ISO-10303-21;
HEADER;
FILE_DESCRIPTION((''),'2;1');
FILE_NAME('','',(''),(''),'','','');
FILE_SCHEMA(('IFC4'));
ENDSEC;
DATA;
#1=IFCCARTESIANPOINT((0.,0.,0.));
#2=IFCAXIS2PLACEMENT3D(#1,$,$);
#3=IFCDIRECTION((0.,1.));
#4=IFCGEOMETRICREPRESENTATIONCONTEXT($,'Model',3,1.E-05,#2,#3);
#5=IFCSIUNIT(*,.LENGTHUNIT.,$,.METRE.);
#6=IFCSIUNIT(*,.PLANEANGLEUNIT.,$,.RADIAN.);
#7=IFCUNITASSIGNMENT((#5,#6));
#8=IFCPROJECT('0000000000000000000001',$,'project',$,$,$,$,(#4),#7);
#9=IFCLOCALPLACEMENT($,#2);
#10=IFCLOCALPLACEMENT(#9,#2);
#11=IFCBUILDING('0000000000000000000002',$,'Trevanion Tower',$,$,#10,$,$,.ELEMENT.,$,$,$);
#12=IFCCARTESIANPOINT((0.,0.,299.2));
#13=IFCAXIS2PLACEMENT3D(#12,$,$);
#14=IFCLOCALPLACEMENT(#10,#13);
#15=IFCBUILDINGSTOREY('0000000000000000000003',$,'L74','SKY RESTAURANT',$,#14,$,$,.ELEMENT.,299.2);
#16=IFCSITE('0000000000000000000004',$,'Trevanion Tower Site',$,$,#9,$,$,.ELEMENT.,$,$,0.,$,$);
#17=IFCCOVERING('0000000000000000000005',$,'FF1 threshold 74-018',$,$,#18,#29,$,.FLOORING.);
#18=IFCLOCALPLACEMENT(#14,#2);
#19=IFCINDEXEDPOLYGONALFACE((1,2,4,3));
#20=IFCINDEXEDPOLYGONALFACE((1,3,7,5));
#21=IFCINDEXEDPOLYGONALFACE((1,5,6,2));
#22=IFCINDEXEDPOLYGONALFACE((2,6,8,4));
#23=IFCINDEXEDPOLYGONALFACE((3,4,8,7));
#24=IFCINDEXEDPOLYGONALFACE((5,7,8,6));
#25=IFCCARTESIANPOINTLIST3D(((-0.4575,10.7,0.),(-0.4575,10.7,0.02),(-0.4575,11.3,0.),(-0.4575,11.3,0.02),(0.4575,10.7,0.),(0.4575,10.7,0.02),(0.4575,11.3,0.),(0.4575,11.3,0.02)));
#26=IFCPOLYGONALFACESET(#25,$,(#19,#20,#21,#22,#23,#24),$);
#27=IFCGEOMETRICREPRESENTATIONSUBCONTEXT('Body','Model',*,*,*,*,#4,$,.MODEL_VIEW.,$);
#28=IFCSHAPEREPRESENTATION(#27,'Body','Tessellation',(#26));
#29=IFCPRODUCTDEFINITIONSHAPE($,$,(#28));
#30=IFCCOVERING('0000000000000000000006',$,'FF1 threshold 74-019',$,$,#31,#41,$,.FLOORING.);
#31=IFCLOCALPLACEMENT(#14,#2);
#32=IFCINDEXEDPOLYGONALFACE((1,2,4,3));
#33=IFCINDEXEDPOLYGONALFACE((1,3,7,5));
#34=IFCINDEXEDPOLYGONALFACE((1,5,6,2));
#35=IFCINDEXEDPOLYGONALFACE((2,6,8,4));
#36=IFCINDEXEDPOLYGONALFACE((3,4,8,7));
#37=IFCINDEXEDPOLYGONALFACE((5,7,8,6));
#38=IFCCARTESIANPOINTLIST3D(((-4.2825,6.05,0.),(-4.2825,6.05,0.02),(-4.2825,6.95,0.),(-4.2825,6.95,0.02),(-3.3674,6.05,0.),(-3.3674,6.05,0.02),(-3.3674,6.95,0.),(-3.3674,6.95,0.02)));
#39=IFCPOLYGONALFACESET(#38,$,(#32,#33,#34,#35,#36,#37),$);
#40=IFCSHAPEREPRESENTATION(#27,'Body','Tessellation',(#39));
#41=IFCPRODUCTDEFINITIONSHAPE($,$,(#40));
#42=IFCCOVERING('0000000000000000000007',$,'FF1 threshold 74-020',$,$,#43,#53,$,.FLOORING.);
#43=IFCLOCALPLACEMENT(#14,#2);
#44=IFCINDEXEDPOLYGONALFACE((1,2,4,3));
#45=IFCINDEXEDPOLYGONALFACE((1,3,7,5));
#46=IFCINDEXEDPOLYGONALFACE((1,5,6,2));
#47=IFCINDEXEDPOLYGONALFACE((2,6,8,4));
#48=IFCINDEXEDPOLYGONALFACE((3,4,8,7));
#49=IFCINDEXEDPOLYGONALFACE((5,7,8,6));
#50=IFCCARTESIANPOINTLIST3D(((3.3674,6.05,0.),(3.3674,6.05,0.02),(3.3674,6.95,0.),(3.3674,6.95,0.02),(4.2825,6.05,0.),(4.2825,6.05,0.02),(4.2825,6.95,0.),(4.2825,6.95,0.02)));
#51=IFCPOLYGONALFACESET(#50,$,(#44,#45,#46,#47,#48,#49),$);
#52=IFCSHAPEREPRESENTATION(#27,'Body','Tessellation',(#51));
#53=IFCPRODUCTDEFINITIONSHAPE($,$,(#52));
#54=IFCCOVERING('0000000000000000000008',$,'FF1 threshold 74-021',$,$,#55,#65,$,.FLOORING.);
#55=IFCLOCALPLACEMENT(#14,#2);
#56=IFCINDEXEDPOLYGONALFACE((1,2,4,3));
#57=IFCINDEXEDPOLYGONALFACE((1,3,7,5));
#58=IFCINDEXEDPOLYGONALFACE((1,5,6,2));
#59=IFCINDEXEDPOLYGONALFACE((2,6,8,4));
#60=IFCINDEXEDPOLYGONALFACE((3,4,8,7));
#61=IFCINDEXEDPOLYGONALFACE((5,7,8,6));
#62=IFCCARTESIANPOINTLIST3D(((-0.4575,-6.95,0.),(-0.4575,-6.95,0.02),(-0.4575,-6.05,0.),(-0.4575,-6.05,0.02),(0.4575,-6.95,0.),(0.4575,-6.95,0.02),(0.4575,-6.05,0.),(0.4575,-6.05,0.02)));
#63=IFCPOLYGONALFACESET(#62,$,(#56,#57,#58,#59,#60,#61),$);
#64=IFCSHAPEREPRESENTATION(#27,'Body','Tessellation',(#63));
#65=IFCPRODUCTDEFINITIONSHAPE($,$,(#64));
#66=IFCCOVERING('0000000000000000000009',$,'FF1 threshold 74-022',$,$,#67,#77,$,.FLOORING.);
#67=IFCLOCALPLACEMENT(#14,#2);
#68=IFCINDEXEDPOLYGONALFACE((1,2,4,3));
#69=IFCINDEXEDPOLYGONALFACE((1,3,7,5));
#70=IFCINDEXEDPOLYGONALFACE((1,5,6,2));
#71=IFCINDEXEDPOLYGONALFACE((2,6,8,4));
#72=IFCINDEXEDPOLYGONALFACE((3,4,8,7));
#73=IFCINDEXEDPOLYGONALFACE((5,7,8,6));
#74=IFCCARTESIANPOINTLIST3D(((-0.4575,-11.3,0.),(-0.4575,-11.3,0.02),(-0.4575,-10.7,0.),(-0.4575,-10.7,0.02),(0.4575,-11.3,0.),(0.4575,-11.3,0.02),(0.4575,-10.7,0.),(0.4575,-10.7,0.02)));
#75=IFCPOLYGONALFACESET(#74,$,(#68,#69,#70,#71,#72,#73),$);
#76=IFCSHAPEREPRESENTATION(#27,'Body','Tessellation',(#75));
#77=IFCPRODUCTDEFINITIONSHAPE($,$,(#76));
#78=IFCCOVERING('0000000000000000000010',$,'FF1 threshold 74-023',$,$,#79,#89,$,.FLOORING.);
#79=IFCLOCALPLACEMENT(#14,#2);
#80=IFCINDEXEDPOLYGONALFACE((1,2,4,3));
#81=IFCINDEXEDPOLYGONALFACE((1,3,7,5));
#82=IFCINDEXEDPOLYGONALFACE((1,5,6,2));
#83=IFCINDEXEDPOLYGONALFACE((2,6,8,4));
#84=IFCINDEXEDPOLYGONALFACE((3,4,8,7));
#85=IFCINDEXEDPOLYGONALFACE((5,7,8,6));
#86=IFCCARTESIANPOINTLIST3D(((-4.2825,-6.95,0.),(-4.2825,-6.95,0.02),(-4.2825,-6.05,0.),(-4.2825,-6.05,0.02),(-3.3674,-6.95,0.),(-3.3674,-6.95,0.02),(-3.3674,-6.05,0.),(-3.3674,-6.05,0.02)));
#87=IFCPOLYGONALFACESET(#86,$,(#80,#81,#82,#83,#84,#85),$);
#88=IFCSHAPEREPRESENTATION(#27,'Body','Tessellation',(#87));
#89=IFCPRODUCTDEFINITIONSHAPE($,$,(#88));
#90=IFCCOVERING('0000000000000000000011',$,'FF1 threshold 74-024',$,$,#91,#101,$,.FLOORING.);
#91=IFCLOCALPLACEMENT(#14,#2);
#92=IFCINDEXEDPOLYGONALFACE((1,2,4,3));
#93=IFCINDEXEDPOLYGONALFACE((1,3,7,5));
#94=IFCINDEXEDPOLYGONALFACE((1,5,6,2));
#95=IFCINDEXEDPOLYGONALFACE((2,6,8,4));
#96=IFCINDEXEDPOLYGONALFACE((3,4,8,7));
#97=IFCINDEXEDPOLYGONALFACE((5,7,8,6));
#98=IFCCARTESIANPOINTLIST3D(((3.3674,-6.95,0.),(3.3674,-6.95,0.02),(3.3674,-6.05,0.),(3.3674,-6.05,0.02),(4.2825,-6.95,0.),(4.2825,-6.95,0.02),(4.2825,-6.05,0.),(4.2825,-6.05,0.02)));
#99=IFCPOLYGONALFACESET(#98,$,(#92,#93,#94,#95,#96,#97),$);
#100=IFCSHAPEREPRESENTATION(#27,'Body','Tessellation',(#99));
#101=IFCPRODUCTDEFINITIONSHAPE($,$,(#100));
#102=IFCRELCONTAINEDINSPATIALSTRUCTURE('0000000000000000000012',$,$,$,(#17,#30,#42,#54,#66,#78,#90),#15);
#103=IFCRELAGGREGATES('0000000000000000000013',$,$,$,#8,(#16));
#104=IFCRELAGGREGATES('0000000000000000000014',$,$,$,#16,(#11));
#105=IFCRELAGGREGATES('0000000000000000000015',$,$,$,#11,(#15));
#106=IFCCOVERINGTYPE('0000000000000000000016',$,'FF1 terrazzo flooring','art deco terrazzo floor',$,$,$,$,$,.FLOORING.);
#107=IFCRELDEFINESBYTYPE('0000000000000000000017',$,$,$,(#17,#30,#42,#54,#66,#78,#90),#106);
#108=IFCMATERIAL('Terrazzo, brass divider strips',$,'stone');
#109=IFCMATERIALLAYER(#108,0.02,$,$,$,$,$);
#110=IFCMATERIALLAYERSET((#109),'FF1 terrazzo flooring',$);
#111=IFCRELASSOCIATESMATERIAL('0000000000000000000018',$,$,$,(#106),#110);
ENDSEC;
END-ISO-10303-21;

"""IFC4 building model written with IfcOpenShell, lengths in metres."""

from ifc_helpers import new_model, si_unit, direction, frame, origin, place, context, subcontext, project, spatial, polyline, outline, extrude, material, layer, layer_set, type_object, element, save


model = new_model("IFC4")

# Units and contexts
model_context = context("Model", 3, precision=1e-05, world=origin(), true_north=direction((0.0, 1.0)))
body_context = subcontext(model_context, "Body", "Model", "MODEL_VIEW")
ifc_project = project(units=[si_unit("LENGTHUNIT", "METRE"), si_unit("PLANEANGLEUNIT", "RADIAN")], contexts=[model_context])

# Site, building, storey
site_placement = place(None, origin())
site = spatial("IfcSite", under=ifc_project, at=site_placement, Name="Trevanion Tower Site", CompositionType="ELEMENT", RefElevation=0.0)
building_placement = place(site_placement, origin())
building = spatial("IfcBuilding", under=site, at=building_placement, Name="Trevanion Tower", CompositionType="ELEMENT")
storey_placement = place(building_placement, frame((0.0, 0.0, 299.2)))
storey = spatial("IfcBuildingStorey", under=building, at=storey_placement, Name="L74", Description="SKY RESTAURANT", CompositionType="ELEMENT", Elevation=299.2)

# Coverings
ifc_material_1 = material(Name="Terrazzo, brass divider strips", Category="stone")
ifc_layer_1 = layer(ifc_material_1, 0.02)
ifc_layer_set_1 = layer_set([ifc_layer_1], Name="FF1 terrazzo flooring")
covering_type = type_object("IfcCoveringType", Name="FF1 terrazzo flooring", Description="art deco terrazzo floor", PredefinedType="FLOORING", material=ifc_layer_set_1)
covering_1_placement = place(storey_placement, origin())
element("IfcCovering", 1, at=covering_1_placement, inside=storey, type_object=covering_type, Name="FF1 threshold 74-018", PredefinedType="FLOORING", context=body_context, shape_type="SweptSolid", body=[
    extrude(outline(polyline([(0.4575, 11.3), (-0.4575, 11.3), (-0.4575, 10.7), (0.4575, 10.7), (0.4575, 11.3)])), origin(), (0.0, 0.0, 1.0), 0.02),
])
covering_2_placement = place(storey_placement, origin())
element("IfcCovering", 2, at=covering_2_placement, inside=storey, type_object=covering_type, Name="FF1 threshold 74-019", PredefinedType="FLOORING", context=body_context, shape_type="SweptSolid", body=[
    extrude(outline(polyline([(-3.3674, 6.95), (-4.2825, 6.95), (-4.2825, 6.05), (-3.3674, 6.05), (-3.3674, 6.95)])), origin(), (0.0, 0.0, 1.0), 0.02),
])
covering_3_placement = place(storey_placement, origin())
element("IfcCovering", 3, at=covering_3_placement, inside=storey, type_object=covering_type, Name="FF1 threshold 74-020", PredefinedType="FLOORING", context=body_context, shape_type="SweptSolid", body=[
    extrude(outline(polyline([(4.2825, 6.95), (3.3674, 6.95), (3.3674, 6.05), (4.2825, 6.05), (4.2825, 6.95)])), origin(), (0.0, 0.0, 1.0), 0.02),
])
covering_4_placement = place(storey_placement, origin())
element("IfcCovering", 4, at=covering_4_placement, inside=storey, type_object=covering_type, Name="FF1 threshold 74-021", PredefinedType="FLOORING", context=body_context, shape_type="SweptSolid", body=[
    extrude(outline(polyline([(-0.4575, -6.95), (0.4575, -6.95), (0.4575, -6.05), (-0.4575, -6.05), (-0.4575, -6.95)])), origin(), (0.0, 0.0, 1.0), 0.02),
])
covering_5_placement = place(storey_placement, origin())
element("IfcCovering", 5, at=covering_5_placement, inside=storey, type_object=covering_type, Name="FF1 threshold 74-022", PredefinedType="FLOORING", context=body_context, shape_type="SweptSolid", body=[
    extrude(outline(polyline([(-0.4575, -11.3), (0.4575, -11.3), (0.4575, -10.7), (-0.4575, -10.7), (-0.4575, -11.3)])), origin(), (0.0, 0.0, 1.0), 0.02),
])
covering_6_placement = place(storey_placement, origin())
element("IfcCovering", 6, at=covering_6_placement, inside=storey, type_object=covering_type, Name="FF1 threshold 74-023", PredefinedType="FLOORING", context=body_context, shape_type="SweptSolid", body=[
    extrude(outline(polyline([(-4.2825, -6.95), (-3.3674, -6.95), (-3.3674, -6.05), (-4.2825, -6.05), (-4.2825, -6.95)])), origin(), (0.0, 0.0, 1.0), 0.02),
])
covering_7_placement = place(storey_placement, origin())
element("IfcCovering", 7, at=covering_7_placement, inside=storey, type_object=covering_type, Name="FF1 threshold 74-024", PredefinedType="FLOORING", context=body_context, shape_type="SweptSolid", body=[
    extrude(outline(polyline([(3.3674, -6.95), (4.2825, -6.95), (4.2825, -6.05), (3.3674, -6.05), (3.3674, -6.95)])), origin(), (0.0, 0.0, 1.0), 0.02),
])

save(model, "model.ifc")
